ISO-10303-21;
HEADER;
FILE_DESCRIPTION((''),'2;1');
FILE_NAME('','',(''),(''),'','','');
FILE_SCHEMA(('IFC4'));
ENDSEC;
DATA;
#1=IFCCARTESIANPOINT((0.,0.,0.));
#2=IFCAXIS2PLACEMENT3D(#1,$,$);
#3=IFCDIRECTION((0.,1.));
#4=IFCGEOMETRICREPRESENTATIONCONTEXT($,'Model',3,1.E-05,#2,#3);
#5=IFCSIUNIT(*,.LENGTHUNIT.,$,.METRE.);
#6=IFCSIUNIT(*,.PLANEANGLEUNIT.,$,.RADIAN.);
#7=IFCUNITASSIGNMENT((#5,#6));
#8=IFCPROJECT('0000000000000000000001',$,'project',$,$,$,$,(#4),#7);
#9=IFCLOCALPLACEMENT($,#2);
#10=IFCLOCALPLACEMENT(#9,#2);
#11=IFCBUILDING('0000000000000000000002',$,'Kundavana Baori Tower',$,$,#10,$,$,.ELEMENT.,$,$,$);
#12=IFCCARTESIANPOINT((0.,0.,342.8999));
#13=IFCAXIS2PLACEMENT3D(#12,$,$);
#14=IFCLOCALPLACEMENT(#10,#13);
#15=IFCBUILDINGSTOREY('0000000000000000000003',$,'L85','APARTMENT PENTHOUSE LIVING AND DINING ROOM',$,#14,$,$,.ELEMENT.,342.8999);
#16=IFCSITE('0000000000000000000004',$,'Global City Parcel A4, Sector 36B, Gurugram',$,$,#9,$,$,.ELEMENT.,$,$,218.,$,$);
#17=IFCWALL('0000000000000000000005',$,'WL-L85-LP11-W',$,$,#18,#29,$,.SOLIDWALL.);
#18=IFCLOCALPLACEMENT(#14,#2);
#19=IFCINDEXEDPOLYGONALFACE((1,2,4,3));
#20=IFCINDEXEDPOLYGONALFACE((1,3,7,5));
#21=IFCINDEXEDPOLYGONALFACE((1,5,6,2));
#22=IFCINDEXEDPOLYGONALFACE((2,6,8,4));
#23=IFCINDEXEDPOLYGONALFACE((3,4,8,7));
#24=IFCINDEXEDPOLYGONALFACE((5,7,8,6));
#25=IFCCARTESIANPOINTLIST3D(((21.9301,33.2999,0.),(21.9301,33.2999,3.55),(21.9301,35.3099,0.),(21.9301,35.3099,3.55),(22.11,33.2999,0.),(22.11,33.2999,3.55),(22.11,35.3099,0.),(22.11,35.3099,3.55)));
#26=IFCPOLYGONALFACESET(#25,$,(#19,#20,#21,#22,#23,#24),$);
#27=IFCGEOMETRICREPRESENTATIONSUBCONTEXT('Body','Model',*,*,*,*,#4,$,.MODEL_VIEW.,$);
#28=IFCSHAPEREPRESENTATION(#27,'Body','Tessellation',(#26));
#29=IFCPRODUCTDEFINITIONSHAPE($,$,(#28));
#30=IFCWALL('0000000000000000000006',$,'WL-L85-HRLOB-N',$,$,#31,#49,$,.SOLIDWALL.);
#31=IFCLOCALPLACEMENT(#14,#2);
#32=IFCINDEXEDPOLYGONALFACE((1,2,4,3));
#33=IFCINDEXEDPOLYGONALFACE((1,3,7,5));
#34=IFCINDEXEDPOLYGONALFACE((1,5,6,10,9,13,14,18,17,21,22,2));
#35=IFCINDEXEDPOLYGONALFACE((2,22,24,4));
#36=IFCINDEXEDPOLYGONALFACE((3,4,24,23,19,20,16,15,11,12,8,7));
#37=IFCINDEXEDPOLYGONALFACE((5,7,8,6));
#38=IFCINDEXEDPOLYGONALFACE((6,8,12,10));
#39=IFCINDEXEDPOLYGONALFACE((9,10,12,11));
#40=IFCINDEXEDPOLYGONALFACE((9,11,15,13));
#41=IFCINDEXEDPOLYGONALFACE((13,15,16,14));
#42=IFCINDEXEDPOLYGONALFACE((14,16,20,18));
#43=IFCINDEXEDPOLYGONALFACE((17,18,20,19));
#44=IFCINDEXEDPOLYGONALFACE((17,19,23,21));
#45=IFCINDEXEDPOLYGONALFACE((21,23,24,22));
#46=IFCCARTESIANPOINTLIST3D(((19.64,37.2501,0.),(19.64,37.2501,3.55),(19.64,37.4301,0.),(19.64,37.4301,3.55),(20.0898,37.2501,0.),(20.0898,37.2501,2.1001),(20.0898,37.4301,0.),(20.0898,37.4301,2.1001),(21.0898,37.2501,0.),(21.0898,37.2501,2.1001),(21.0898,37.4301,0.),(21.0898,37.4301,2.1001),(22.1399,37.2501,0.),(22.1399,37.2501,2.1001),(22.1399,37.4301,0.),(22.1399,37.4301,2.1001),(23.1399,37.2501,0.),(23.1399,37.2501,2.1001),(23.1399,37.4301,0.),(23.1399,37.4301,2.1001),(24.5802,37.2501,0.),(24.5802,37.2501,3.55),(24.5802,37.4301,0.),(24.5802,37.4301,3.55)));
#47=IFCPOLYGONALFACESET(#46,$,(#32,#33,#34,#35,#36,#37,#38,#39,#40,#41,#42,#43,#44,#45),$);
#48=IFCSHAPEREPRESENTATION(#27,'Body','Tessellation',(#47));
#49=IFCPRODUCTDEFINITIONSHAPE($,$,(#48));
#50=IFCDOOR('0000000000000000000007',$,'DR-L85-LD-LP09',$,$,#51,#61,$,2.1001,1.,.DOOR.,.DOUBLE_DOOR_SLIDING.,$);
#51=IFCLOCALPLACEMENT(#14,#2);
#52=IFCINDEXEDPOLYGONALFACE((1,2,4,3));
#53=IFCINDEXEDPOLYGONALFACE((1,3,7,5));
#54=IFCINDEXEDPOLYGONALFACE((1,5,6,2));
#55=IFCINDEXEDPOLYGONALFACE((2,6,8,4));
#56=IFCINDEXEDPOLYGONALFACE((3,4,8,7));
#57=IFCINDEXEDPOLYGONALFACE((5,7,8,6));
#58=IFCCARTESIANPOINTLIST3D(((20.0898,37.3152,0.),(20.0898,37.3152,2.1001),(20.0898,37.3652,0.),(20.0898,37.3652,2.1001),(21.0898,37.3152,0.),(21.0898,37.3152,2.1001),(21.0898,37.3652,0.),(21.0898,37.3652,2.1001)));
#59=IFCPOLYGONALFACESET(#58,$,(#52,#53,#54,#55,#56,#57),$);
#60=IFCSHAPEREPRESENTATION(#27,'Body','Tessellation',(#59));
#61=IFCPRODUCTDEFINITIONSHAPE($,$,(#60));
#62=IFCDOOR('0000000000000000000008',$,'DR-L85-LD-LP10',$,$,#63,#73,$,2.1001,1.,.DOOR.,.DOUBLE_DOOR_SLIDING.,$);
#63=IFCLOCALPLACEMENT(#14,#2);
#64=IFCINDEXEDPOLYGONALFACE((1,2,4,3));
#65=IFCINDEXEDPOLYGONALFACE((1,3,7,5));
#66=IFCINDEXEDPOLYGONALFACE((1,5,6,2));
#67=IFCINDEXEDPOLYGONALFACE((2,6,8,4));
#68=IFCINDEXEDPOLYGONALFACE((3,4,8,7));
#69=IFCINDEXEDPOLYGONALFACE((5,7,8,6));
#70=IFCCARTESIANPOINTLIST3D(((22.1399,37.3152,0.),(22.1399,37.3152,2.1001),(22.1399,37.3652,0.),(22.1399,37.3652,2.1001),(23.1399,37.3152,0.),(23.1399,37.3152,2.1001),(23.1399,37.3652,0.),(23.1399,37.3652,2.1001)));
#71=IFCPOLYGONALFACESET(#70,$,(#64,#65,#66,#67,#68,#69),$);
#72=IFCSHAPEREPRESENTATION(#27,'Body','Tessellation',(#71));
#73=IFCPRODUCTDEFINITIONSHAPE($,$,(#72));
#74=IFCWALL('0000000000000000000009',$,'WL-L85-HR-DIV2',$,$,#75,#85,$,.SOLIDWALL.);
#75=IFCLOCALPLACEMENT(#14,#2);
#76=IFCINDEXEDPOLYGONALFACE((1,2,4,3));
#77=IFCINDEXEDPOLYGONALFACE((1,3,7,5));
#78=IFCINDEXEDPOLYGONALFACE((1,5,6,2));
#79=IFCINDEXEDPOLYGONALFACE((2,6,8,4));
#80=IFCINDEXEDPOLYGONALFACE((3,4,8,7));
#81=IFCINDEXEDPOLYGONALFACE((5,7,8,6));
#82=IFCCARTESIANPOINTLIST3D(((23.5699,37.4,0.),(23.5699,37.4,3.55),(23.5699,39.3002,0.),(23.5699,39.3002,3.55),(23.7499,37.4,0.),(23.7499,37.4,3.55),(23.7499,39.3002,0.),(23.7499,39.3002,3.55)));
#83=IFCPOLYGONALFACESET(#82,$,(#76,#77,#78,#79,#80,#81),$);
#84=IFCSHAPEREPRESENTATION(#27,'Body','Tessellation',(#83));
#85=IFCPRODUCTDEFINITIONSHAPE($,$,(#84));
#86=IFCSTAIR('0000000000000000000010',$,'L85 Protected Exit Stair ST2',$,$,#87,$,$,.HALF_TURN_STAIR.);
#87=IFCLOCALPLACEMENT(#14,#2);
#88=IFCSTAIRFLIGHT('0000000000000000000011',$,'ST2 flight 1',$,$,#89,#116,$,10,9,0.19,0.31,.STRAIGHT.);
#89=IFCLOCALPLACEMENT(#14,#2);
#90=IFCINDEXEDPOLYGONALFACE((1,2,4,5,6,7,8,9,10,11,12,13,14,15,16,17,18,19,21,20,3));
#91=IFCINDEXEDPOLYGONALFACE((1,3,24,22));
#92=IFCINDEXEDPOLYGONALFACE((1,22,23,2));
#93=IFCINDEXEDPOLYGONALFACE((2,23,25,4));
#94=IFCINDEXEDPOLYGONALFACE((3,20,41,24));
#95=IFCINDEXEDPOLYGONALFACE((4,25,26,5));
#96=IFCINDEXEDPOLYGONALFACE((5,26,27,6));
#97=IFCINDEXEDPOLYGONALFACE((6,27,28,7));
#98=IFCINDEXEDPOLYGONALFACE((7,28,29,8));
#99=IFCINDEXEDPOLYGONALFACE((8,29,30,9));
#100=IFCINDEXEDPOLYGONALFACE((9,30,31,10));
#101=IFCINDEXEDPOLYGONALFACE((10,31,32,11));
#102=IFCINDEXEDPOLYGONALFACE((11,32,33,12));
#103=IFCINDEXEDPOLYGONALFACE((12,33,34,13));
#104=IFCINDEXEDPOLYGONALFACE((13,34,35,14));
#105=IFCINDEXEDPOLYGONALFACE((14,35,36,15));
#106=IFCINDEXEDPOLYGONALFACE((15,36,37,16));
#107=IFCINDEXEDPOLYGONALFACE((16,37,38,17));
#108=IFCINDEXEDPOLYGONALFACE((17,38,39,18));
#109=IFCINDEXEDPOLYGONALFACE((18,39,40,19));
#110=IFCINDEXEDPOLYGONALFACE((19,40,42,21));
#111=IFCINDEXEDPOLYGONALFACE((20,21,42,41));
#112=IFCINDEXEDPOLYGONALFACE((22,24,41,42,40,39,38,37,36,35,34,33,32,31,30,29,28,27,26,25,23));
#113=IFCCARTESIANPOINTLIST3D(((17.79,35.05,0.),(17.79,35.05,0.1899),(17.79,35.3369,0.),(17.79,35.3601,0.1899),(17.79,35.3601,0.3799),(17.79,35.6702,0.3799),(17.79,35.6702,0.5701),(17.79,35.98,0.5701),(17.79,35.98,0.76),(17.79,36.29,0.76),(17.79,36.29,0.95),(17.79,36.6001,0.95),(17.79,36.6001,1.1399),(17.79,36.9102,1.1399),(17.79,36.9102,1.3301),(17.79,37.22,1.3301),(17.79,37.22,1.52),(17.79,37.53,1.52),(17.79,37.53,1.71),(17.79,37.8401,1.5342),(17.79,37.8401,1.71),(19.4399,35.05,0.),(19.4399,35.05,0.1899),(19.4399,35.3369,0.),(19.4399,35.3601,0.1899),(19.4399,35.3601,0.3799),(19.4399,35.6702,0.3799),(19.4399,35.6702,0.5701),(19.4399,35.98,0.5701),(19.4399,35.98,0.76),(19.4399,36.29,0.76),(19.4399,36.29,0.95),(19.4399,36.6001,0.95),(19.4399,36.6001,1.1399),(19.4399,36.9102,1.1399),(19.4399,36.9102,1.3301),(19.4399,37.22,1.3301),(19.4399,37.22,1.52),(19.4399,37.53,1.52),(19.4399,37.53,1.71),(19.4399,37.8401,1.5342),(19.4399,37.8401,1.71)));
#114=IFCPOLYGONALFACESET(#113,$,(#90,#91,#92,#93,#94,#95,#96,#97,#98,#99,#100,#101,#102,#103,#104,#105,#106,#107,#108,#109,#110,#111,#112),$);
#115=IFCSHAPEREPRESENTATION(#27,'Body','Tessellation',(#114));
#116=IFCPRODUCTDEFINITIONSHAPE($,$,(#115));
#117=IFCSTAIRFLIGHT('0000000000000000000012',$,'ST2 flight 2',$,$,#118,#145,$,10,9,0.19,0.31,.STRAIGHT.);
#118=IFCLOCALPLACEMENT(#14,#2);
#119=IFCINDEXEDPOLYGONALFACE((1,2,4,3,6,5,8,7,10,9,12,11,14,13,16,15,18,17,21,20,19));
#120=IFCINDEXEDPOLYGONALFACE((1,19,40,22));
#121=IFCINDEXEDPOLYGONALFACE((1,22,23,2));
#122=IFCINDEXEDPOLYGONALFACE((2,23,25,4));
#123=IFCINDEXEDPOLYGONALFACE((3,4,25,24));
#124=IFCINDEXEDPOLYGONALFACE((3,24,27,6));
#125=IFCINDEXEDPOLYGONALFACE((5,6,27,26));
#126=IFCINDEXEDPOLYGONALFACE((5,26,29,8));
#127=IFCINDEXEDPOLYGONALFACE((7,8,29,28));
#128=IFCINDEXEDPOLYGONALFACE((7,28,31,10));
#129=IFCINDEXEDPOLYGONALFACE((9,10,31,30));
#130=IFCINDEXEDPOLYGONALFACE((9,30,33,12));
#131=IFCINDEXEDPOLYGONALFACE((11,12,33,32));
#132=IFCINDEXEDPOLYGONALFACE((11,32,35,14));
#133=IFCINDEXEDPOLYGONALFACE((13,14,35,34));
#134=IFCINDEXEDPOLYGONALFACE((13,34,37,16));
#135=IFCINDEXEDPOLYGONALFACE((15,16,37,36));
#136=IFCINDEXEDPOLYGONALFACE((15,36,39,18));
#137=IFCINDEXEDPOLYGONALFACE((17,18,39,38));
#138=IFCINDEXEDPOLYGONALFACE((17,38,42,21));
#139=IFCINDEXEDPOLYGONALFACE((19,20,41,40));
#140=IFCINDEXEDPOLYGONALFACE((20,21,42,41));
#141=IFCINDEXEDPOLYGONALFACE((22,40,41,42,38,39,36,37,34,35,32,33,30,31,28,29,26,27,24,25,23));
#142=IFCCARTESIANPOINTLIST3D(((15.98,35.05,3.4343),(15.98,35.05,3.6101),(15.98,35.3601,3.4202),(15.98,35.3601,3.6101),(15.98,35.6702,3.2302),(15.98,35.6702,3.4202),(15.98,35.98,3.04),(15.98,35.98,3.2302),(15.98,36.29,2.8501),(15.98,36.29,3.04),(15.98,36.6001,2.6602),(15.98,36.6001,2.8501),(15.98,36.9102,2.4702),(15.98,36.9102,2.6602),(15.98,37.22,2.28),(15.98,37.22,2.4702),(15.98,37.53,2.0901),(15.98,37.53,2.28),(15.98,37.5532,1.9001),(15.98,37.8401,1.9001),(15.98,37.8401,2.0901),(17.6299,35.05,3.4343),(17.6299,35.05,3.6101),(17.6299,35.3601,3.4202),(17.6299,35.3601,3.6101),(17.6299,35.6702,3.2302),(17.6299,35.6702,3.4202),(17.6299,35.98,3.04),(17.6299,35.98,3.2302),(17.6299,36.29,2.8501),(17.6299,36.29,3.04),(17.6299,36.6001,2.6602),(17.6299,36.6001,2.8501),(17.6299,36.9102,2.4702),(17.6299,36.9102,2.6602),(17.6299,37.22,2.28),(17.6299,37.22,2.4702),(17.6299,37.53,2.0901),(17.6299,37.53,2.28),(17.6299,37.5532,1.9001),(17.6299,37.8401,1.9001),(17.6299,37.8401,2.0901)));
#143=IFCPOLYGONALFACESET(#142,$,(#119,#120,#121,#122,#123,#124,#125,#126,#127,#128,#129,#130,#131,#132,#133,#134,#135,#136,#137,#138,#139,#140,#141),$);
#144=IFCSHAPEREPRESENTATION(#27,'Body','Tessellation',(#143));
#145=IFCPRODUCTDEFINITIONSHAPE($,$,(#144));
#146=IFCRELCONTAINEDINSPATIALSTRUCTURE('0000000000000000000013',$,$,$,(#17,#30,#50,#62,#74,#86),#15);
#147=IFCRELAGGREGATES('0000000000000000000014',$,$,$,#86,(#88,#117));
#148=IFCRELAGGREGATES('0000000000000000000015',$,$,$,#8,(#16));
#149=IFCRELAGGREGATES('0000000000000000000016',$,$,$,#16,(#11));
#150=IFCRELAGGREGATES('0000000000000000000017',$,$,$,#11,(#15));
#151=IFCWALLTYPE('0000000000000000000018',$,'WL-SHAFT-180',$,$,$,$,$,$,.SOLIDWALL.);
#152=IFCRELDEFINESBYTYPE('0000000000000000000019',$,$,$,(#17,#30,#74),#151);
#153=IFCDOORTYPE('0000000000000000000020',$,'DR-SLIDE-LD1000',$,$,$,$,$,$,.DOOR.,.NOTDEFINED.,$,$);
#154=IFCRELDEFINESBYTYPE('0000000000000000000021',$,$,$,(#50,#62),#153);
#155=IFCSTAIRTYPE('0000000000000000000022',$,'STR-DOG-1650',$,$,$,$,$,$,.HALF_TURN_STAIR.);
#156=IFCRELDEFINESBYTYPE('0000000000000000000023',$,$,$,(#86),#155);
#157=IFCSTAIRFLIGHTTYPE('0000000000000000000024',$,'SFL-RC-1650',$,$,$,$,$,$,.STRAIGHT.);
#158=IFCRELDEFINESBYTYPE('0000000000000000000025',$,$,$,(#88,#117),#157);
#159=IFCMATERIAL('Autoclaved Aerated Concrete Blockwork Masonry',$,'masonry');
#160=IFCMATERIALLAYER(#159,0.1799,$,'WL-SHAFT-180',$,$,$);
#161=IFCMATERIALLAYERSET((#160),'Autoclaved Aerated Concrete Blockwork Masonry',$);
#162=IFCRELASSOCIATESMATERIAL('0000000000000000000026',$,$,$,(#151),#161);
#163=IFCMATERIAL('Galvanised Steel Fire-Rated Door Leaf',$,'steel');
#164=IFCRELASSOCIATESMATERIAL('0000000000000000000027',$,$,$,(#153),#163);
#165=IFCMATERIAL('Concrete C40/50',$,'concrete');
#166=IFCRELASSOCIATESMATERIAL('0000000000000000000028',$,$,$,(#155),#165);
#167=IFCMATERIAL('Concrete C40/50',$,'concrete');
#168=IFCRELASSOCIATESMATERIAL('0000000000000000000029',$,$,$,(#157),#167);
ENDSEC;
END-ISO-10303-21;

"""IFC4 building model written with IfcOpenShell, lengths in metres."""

from ifc_helpers import new_model, si_unit, direction, frame, frame_2d, origin, place, context, subcontext, project, spatial, polyline, rectangle, outline, extrude, material, layer, layer_set, type_object, element, fill, aggregate, save


model = new_model("IFC4")

# Units and contexts
model_context = context("Model", 3, precision=1e-05, world=origin(), true_north=direction((0.0, 1.0)))
body_context = subcontext(model_context, "Body", "Model", "MODEL_VIEW")
ifc_project = project(units=[si_unit("LENGTHUNIT", "METRE"), si_unit("PLANEANGLEUNIT", "RADIAN")], contexts=[model_context])

# Site, building, storey
site_placement = place(None, origin())
site = spatial("IfcSite", under=ifc_project, at=site_placement, Name="Global City Parcel A4, Sector 36B, Gurugram", CompositionType="ELEMENT", RefElevation=218.0)
building_placement = place(site_placement, origin())
building = spatial("IfcBuilding", under=site, at=building_placement, Name="Kundavana Baori Tower", CompositionType="ELEMENT")
storey_placement = place(building_placement, frame((0.0, 0.0, 342.8999)))
storey = spatial("IfcBuildingStorey", under=building, at=storey_placement, Name="L85", Description="APARTMENT PENTHOUSE LIVING AND DINING ROOM", CompositionType="ELEMENT", Elevation=342.8999)

# Shared definitions
ifc_material_1 = material(Name="Autoclaved Aerated Concrete Blockwork Masonry", Category="masonry")
ifc_layer_1 = layer(ifc_material_1, 0.1799, Name="WL-SHAFT-180")
ifc_layer_set_1 = layer_set([ifc_layer_1], Name="Autoclaved Aerated Concrete Blockwork Masonry")
wall_type_1 = type_object("IfcWallType", Name="WL-SHAFT-180", PredefinedType="SOLIDWALL", material=ifc_layer_set_1)
ifc_material_2 = material(Name="Galvanised Steel Fire-Rated Door Leaf", Category="steel")
door_type_1 = type_object("IfcDoorType", Name="DR-SLIDE-LD1000", OperationType="NOTDEFINED", PredefinedType="DOOR", material=ifc_material_2)

# Wall
wall_1_placement = place(storey_placement, frame((22.02, 33.3, 0.0), z_axis=(0.0, 0.0, 1.0), x_axis=(0.0, 1.0, 0.0)))
element("IfcWall", 1, at=wall_1_placement, inside=storey, type_object=wall_type_1, Name="WL-L85-LP11-W", PredefinedType="SOLIDWALL", context=body_context, shape_type="SweptSolid", body=[
    extrude(rectangle(XDim=2.01, YDim=0.1799, at=frame_2d((1.0049, 0.0))), origin(), (0.0, 0.0, 1.0), 3.55),
])

# Wall, openings, doors
wall_2_placement = place(storey_placement, frame((19.6399, 37.3401, 0.0), z_axis=(0.0, 0.0, 1.0), x_axis=(1.0, 0.0, 0.0)))
wall_2 = element("IfcWall", 2, at=wall_2_placement, inside=storey, type_object=wall_type_1, Name="WL-L85-HRLOB-N", PredefinedType="SOLIDWALL", context=body_context, shape_type="SweptSolid", body=[
    extrude(rectangle(XDim=4.9402, YDim=0.1799, at=frame_2d((2.4702, 0.0))), origin(), (0.0, 0.0, 1.0), 3.55),
])
opening_1_placement = place(wall_2_placement, frame((0.45, 0.0, 0.0)))
opening_1 = element("IfcOpeningElement", 3, at=opening_1_placement, cuts=wall_2, PredefinedType="OPENING", context=body_context, shape_type="SweptSolid", body=[
    extrude(rectangle(XDim=1.0, YDim=2.1001, at=frame_2d((0.5, 1.05))), frame((0.0, 0.1001, 0.0), z_axis=(0.0, -1.0, 0.0), x_axis=(1.0, 0.0, 0.0)), (0.0, 0.0, 1.0), 0.2),
])
opening_2_placement = place(wall_2_placement, frame((2.5, 0.0, 0.0)))
opening_2 = element("IfcOpeningElement", 4, at=opening_2_placement, cuts=wall_2, PredefinedType="OPENING", context=body_context, shape_type="SweptSolid", body=[
    extrude(rectangle(XDim=1.0, YDim=2.1001, at=frame_2d((0.5, 1.05))), frame((0.0, 0.1001, 0.0), z_axis=(0.0, -1.0, 0.0), x_axis=(1.0, 0.0, 0.0)), (0.0, 0.0, 1.0), 0.2),
])
door_1_placement = place(opening_1_placement, frame((1.0, 0.0, 0.0), z_axis=(0.0, 0.0, 1.0), x_axis=(-1.0, 0.0, 0.0)))
door_1 = element("IfcDoor", 5, at=door_1_placement, inside=storey, type_object=door_type_1, Name="DR-L85-LD-LP09", OperationType="DOUBLE_DOOR_SLIDING", OverallHeight=2.1001, OverallWidth=1.0, PredefinedType="DOOR", context=body_context, shape_type="SweptSolid", body=[
    extrude(rectangle(XDim=1.0, YDim=2.1001, at=frame_2d((0.5, 1.05))), frame((0.0, 0.0249, 0.0), z_axis=(0.0, -1.0, 0.0), x_axis=(1.0, 0.0, 0.0)), (0.0, 0.0, 1.0), 0.05),
])
fill(opening_1, door_1)
door_2_placement = place(opening_2_placement, frame((1.0, 0.0, 0.0), z_axis=(0.0, 0.0, 1.0), x_axis=(-1.0, 0.0, 0.0)))
door_2 = element("IfcDoor", 6, at=door_2_placement, inside=storey, type_object=door_type_1, Name="DR-L85-LD-LP10", OperationType="DOUBLE_DOOR_SLIDING", OverallHeight=2.1001, OverallWidth=1.0, PredefinedType="DOOR", context=body_context, shape_type="SweptSolid", body=[
    extrude(rectangle(XDim=1.0, YDim=2.1001, at=frame_2d((0.5, 1.05))), frame((0.0, 0.0249, 0.0), z_axis=(0.0, -1.0, 0.0), x_axis=(1.0, 0.0, 0.0)), (0.0, 0.0, 1.0), 0.05),
])
fill(opening_2, door_2)

# Wall
wall_3_placement = place(storey_placement, frame((23.6599, 37.3999, 0.0), z_axis=(0.0, 0.0, 1.0), x_axis=(0.0, 1.0, 0.0)))
element("IfcWall", 7, at=wall_3_placement, inside=storey, type_object=wall_type_1, Name="WL-L85-HR-DIV2", PredefinedType="SOLIDWALL", context=body_context, shape_type="SweptSolid", body=[
    extrude(rectangle(XDim=1.9001, YDim=0.1799, at=frame_2d((0.9502, 0.0))), origin(), (0.0, 0.0, 1.0), 3.55),
])

# Stair, stair flights
ifc_material_3 = material(Name="Concrete C40/50", Category="concrete")
stair_type = type_object("IfcStairType", Name="STR-DOG-1650", PredefinedType="HALF_TURN_STAIR", material=ifc_material_3)
stair_placement = place(storey_placement, origin())
stair = element("IfcStair", 8, at=stair_placement, inside=storey, type_object=stair_type, Name="L85 Protected Exit Stair ST2", PredefinedType="HALF_TURN_STAIR")
ifc_material_4 = material(Name="Concrete C40/50", Category="concrete")
stair_flight_type = type_object("IfcStairFlightType", Name="SFL-RC-1650", PredefinedType="STRAIGHT", material=ifc_material_4)
stair_flight_1_placement = place(storey_placement, frame((18.615, 35.05, 0.0), z_axis=(0.0, 0.0, 1.0), x_axis=(0.0, 1.0, 0.0)))
stair_flight_1 = element("IfcStairFlight", 9, at=stair_flight_1_placement, type_object=stair_flight_type, Name="ST2 flight 1", NumberOfRisers=10, NumberOfTreads=9, PredefinedType="STRAIGHT", RiserHeight=0.19, TreadLength=0.31, context=body_context, shape_type="SweptSolid", body=[
    extrude(outline(polyline([(0.0, 0.0), (0.0, 0.1899), (0.3101, 0.1899), (0.3101, 0.3799), (0.6201, 0.3799), (0.6201, 0.5701), (0.9299, 0.5701), (0.9299, 0.76), (1.24, 0.76), (1.24, 0.95), (1.55, 0.95), (1.55, 1.1399), (1.8601, 1.1399), (1.8601, 1.3301), (2.1699, 1.3301), (2.1699, 1.52), (2.48, 1.52), (2.48, 1.71), (2.79, 1.71), (2.79, 1.8999), (2.79, 1.5342), (0.2869, 0.0), (0.0, 0.0)])), frame((0.0, 0.825, 0.0), z_axis=(0.0, -1.0, 0.0), x_axis=(1.0, 0.0, 0.0)), (0.0, 0.0, 1.0), 1.6499),
])
stair_flight_2_placement = place(storey_placement, frame((16.8049, 37.8401, 1.9001), z_axis=(0.0, 0.0, 1.0), x_axis=(0.0, -1.0, 0.0)))
stair_flight_2 = element("IfcStairFlight", 10, at=stair_flight_2_placement, type_object=stair_flight_type, Name="ST2 flight 2", NumberOfRisers=10, NumberOfTreads=9, PredefinedType="STRAIGHT", RiserHeight=0.19, TreadLength=0.31, context=body_context, shape_type="SweptSolid", body=[
    extrude(outline(polyline([(0.0, 0.0), (0.0, 0.1899), (0.3101, 0.1899), (0.3101, 0.3799), (0.6201, 0.3799), (0.6201, 0.5701), (0.9299, 0.5701), (0.9299, 0.76), (1.24, 0.76), (1.24, 0.95), (1.55, 0.95), (1.55, 1.1399), (1.8601, 1.1399), (1.8601, 1.3301), (2.1699, 1.3301), (2.1699, 1.52), (2.48, 1.52), (2.48, 1.71), (2.79, 1.71), (2.79, 1.8999), (2.79, 1.5342), (0.2869, 0.0), (0.0, 0.0)])), frame((0.0, 0.825, 0.0), z_axis=(0.0, -1.0, 0.0), x_axis=(1.0, 0.0, 0.0)), (0.0, 0.0, 1.0), 1.6499),
])
aggregate(stair, [stair_flight_1, stair_flight_2])

save(model, "model.ifc")
